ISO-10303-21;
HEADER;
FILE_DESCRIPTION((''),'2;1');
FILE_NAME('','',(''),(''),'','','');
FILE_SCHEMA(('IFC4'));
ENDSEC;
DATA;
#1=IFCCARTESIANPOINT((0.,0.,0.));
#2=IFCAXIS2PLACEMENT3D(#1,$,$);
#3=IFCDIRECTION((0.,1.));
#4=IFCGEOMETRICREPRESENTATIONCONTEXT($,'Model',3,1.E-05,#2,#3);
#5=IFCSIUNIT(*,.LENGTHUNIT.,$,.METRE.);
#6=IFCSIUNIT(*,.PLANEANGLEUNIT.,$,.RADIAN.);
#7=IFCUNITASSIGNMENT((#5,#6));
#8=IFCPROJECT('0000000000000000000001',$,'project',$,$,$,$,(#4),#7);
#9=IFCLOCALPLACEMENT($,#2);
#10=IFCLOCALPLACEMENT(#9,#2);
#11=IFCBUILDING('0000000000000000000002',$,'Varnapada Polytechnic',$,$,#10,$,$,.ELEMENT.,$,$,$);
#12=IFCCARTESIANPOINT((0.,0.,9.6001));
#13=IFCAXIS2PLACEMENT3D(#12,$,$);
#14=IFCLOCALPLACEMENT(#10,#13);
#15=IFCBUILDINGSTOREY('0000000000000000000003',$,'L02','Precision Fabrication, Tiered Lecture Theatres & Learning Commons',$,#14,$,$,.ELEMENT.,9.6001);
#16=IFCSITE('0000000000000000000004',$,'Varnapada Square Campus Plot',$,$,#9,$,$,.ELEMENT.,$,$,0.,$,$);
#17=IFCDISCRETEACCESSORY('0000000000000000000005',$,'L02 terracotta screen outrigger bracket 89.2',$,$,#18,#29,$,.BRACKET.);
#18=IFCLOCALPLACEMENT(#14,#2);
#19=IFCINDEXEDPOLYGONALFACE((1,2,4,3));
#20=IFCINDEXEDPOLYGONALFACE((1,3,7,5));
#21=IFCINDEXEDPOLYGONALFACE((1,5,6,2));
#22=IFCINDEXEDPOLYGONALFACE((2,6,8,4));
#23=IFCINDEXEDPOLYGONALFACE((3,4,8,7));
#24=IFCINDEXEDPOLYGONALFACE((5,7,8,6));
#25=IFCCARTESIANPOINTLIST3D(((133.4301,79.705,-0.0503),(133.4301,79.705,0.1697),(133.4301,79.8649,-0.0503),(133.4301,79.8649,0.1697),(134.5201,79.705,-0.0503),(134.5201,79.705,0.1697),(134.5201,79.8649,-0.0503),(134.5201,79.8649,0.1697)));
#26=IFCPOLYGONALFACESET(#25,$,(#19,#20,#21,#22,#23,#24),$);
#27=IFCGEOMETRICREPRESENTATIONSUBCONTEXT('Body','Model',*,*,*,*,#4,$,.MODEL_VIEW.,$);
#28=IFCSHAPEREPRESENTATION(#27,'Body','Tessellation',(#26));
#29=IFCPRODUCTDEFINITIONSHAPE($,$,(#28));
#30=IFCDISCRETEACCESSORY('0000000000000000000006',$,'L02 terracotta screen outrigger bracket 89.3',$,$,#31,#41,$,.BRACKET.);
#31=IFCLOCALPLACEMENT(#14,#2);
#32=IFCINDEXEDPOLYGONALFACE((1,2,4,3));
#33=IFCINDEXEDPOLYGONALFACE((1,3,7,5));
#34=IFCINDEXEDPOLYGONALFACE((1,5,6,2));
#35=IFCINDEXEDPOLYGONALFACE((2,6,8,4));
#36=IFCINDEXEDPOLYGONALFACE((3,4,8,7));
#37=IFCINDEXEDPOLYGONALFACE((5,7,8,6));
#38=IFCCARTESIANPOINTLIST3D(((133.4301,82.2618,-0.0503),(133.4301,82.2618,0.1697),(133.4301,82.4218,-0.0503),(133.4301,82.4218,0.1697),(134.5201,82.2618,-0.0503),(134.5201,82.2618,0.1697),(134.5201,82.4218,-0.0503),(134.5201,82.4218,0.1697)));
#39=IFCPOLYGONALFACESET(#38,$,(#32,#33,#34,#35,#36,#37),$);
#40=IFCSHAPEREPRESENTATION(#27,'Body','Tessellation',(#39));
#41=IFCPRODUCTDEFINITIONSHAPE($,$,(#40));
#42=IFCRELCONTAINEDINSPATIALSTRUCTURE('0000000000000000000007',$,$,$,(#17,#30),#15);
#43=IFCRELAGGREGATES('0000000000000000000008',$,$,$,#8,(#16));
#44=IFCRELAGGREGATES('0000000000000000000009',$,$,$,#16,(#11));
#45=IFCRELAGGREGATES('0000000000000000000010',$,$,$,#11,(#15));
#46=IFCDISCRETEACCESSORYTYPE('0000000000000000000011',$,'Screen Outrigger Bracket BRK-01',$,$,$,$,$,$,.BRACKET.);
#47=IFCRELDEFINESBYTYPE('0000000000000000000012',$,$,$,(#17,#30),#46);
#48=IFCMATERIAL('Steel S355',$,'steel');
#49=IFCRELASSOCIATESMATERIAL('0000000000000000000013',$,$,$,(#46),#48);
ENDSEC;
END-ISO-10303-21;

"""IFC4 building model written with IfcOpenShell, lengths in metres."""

from ifc_helpers import new_model, si_unit, direction, frame, origin, origin_2d, place, context, subcontext, project, spatial, rectangle, extrude, material, type_object, element, save


model = new_model("IFC4")

# Units and contexts
model_context = context("Model", 3, precision=1e-05, world=origin(), true_north=direction((0.0, 1.0)))
body_context = subcontext(model_context, "Body", "Model", "MODEL_VIEW")
ifc_project = project(units=[si_unit("LENGTHUNIT", "METRE"), si_unit("PLANEANGLEUNIT", "RADIAN")], contexts=[model_context])

# Site, building, storey
site_placement = place(None, origin())
site = spatial("IfcSite", under=ifc_project, at=site_placement, Name="Varnapada Square Campus Plot", CompositionType="ELEMENT", RefElevation=0.0)
building_placement = place(site_placement, origin())
building = spatial("IfcBuilding", under=site, at=building_placement, Name="Varnapada Polytechnic", CompositionType="ELEMENT")
storey_placement = place(building_placement, frame((0.0, 0.0, 9.6001)))
storey = spatial("IfcBuildingStorey", under=building, at=storey_placement, Name="L02", Description="Precision Fabrication, Tiered Lecture Theatres & Learning Commons", CompositionType="ELEMENT", Elevation=9.6001)

# Discrete accessories
ifc_material_1 = material(Name="Steel S355", Category="steel")
discrete_accessory_type = type_object("IfcDiscreteAccessoryType", Name="Screen Outrigger Bracket BRK-01", PredefinedType="BRACKET", material=ifc_material_1)
for number, where, z_axis, x_axis, name in (
    (1, (133.9751, 79.7849, -0.0503), (0.0, 0.0, 1.0), (0.0, 1.0, 0.0), "L02 terracotta screen outrigger bracket 89.2"),
    (2, (133.9751, 82.3418, -0.0503), (0.0, 0.0, 1.0), (0.0, 1.0, 0.0), "L02 terracotta screen outrigger bracket 89.3"),
):
    element("IfcDiscreteAccessory", number, at=place(storey_placement, frame(where, z_axis=z_axis, x_axis=x_axis)), inside=storey, type_object=discrete_accessory_type, Name=name, PredefinedType="BRACKET", context=body_context, shape_type="SweptSolid", body=[
        extrude(rectangle(XDim=0.1599, YDim=1.0901, at=origin_2d()), origin(), (0.0, 0.0, 1.0), 0.22),
    ])

save(model, "model.ifc")
